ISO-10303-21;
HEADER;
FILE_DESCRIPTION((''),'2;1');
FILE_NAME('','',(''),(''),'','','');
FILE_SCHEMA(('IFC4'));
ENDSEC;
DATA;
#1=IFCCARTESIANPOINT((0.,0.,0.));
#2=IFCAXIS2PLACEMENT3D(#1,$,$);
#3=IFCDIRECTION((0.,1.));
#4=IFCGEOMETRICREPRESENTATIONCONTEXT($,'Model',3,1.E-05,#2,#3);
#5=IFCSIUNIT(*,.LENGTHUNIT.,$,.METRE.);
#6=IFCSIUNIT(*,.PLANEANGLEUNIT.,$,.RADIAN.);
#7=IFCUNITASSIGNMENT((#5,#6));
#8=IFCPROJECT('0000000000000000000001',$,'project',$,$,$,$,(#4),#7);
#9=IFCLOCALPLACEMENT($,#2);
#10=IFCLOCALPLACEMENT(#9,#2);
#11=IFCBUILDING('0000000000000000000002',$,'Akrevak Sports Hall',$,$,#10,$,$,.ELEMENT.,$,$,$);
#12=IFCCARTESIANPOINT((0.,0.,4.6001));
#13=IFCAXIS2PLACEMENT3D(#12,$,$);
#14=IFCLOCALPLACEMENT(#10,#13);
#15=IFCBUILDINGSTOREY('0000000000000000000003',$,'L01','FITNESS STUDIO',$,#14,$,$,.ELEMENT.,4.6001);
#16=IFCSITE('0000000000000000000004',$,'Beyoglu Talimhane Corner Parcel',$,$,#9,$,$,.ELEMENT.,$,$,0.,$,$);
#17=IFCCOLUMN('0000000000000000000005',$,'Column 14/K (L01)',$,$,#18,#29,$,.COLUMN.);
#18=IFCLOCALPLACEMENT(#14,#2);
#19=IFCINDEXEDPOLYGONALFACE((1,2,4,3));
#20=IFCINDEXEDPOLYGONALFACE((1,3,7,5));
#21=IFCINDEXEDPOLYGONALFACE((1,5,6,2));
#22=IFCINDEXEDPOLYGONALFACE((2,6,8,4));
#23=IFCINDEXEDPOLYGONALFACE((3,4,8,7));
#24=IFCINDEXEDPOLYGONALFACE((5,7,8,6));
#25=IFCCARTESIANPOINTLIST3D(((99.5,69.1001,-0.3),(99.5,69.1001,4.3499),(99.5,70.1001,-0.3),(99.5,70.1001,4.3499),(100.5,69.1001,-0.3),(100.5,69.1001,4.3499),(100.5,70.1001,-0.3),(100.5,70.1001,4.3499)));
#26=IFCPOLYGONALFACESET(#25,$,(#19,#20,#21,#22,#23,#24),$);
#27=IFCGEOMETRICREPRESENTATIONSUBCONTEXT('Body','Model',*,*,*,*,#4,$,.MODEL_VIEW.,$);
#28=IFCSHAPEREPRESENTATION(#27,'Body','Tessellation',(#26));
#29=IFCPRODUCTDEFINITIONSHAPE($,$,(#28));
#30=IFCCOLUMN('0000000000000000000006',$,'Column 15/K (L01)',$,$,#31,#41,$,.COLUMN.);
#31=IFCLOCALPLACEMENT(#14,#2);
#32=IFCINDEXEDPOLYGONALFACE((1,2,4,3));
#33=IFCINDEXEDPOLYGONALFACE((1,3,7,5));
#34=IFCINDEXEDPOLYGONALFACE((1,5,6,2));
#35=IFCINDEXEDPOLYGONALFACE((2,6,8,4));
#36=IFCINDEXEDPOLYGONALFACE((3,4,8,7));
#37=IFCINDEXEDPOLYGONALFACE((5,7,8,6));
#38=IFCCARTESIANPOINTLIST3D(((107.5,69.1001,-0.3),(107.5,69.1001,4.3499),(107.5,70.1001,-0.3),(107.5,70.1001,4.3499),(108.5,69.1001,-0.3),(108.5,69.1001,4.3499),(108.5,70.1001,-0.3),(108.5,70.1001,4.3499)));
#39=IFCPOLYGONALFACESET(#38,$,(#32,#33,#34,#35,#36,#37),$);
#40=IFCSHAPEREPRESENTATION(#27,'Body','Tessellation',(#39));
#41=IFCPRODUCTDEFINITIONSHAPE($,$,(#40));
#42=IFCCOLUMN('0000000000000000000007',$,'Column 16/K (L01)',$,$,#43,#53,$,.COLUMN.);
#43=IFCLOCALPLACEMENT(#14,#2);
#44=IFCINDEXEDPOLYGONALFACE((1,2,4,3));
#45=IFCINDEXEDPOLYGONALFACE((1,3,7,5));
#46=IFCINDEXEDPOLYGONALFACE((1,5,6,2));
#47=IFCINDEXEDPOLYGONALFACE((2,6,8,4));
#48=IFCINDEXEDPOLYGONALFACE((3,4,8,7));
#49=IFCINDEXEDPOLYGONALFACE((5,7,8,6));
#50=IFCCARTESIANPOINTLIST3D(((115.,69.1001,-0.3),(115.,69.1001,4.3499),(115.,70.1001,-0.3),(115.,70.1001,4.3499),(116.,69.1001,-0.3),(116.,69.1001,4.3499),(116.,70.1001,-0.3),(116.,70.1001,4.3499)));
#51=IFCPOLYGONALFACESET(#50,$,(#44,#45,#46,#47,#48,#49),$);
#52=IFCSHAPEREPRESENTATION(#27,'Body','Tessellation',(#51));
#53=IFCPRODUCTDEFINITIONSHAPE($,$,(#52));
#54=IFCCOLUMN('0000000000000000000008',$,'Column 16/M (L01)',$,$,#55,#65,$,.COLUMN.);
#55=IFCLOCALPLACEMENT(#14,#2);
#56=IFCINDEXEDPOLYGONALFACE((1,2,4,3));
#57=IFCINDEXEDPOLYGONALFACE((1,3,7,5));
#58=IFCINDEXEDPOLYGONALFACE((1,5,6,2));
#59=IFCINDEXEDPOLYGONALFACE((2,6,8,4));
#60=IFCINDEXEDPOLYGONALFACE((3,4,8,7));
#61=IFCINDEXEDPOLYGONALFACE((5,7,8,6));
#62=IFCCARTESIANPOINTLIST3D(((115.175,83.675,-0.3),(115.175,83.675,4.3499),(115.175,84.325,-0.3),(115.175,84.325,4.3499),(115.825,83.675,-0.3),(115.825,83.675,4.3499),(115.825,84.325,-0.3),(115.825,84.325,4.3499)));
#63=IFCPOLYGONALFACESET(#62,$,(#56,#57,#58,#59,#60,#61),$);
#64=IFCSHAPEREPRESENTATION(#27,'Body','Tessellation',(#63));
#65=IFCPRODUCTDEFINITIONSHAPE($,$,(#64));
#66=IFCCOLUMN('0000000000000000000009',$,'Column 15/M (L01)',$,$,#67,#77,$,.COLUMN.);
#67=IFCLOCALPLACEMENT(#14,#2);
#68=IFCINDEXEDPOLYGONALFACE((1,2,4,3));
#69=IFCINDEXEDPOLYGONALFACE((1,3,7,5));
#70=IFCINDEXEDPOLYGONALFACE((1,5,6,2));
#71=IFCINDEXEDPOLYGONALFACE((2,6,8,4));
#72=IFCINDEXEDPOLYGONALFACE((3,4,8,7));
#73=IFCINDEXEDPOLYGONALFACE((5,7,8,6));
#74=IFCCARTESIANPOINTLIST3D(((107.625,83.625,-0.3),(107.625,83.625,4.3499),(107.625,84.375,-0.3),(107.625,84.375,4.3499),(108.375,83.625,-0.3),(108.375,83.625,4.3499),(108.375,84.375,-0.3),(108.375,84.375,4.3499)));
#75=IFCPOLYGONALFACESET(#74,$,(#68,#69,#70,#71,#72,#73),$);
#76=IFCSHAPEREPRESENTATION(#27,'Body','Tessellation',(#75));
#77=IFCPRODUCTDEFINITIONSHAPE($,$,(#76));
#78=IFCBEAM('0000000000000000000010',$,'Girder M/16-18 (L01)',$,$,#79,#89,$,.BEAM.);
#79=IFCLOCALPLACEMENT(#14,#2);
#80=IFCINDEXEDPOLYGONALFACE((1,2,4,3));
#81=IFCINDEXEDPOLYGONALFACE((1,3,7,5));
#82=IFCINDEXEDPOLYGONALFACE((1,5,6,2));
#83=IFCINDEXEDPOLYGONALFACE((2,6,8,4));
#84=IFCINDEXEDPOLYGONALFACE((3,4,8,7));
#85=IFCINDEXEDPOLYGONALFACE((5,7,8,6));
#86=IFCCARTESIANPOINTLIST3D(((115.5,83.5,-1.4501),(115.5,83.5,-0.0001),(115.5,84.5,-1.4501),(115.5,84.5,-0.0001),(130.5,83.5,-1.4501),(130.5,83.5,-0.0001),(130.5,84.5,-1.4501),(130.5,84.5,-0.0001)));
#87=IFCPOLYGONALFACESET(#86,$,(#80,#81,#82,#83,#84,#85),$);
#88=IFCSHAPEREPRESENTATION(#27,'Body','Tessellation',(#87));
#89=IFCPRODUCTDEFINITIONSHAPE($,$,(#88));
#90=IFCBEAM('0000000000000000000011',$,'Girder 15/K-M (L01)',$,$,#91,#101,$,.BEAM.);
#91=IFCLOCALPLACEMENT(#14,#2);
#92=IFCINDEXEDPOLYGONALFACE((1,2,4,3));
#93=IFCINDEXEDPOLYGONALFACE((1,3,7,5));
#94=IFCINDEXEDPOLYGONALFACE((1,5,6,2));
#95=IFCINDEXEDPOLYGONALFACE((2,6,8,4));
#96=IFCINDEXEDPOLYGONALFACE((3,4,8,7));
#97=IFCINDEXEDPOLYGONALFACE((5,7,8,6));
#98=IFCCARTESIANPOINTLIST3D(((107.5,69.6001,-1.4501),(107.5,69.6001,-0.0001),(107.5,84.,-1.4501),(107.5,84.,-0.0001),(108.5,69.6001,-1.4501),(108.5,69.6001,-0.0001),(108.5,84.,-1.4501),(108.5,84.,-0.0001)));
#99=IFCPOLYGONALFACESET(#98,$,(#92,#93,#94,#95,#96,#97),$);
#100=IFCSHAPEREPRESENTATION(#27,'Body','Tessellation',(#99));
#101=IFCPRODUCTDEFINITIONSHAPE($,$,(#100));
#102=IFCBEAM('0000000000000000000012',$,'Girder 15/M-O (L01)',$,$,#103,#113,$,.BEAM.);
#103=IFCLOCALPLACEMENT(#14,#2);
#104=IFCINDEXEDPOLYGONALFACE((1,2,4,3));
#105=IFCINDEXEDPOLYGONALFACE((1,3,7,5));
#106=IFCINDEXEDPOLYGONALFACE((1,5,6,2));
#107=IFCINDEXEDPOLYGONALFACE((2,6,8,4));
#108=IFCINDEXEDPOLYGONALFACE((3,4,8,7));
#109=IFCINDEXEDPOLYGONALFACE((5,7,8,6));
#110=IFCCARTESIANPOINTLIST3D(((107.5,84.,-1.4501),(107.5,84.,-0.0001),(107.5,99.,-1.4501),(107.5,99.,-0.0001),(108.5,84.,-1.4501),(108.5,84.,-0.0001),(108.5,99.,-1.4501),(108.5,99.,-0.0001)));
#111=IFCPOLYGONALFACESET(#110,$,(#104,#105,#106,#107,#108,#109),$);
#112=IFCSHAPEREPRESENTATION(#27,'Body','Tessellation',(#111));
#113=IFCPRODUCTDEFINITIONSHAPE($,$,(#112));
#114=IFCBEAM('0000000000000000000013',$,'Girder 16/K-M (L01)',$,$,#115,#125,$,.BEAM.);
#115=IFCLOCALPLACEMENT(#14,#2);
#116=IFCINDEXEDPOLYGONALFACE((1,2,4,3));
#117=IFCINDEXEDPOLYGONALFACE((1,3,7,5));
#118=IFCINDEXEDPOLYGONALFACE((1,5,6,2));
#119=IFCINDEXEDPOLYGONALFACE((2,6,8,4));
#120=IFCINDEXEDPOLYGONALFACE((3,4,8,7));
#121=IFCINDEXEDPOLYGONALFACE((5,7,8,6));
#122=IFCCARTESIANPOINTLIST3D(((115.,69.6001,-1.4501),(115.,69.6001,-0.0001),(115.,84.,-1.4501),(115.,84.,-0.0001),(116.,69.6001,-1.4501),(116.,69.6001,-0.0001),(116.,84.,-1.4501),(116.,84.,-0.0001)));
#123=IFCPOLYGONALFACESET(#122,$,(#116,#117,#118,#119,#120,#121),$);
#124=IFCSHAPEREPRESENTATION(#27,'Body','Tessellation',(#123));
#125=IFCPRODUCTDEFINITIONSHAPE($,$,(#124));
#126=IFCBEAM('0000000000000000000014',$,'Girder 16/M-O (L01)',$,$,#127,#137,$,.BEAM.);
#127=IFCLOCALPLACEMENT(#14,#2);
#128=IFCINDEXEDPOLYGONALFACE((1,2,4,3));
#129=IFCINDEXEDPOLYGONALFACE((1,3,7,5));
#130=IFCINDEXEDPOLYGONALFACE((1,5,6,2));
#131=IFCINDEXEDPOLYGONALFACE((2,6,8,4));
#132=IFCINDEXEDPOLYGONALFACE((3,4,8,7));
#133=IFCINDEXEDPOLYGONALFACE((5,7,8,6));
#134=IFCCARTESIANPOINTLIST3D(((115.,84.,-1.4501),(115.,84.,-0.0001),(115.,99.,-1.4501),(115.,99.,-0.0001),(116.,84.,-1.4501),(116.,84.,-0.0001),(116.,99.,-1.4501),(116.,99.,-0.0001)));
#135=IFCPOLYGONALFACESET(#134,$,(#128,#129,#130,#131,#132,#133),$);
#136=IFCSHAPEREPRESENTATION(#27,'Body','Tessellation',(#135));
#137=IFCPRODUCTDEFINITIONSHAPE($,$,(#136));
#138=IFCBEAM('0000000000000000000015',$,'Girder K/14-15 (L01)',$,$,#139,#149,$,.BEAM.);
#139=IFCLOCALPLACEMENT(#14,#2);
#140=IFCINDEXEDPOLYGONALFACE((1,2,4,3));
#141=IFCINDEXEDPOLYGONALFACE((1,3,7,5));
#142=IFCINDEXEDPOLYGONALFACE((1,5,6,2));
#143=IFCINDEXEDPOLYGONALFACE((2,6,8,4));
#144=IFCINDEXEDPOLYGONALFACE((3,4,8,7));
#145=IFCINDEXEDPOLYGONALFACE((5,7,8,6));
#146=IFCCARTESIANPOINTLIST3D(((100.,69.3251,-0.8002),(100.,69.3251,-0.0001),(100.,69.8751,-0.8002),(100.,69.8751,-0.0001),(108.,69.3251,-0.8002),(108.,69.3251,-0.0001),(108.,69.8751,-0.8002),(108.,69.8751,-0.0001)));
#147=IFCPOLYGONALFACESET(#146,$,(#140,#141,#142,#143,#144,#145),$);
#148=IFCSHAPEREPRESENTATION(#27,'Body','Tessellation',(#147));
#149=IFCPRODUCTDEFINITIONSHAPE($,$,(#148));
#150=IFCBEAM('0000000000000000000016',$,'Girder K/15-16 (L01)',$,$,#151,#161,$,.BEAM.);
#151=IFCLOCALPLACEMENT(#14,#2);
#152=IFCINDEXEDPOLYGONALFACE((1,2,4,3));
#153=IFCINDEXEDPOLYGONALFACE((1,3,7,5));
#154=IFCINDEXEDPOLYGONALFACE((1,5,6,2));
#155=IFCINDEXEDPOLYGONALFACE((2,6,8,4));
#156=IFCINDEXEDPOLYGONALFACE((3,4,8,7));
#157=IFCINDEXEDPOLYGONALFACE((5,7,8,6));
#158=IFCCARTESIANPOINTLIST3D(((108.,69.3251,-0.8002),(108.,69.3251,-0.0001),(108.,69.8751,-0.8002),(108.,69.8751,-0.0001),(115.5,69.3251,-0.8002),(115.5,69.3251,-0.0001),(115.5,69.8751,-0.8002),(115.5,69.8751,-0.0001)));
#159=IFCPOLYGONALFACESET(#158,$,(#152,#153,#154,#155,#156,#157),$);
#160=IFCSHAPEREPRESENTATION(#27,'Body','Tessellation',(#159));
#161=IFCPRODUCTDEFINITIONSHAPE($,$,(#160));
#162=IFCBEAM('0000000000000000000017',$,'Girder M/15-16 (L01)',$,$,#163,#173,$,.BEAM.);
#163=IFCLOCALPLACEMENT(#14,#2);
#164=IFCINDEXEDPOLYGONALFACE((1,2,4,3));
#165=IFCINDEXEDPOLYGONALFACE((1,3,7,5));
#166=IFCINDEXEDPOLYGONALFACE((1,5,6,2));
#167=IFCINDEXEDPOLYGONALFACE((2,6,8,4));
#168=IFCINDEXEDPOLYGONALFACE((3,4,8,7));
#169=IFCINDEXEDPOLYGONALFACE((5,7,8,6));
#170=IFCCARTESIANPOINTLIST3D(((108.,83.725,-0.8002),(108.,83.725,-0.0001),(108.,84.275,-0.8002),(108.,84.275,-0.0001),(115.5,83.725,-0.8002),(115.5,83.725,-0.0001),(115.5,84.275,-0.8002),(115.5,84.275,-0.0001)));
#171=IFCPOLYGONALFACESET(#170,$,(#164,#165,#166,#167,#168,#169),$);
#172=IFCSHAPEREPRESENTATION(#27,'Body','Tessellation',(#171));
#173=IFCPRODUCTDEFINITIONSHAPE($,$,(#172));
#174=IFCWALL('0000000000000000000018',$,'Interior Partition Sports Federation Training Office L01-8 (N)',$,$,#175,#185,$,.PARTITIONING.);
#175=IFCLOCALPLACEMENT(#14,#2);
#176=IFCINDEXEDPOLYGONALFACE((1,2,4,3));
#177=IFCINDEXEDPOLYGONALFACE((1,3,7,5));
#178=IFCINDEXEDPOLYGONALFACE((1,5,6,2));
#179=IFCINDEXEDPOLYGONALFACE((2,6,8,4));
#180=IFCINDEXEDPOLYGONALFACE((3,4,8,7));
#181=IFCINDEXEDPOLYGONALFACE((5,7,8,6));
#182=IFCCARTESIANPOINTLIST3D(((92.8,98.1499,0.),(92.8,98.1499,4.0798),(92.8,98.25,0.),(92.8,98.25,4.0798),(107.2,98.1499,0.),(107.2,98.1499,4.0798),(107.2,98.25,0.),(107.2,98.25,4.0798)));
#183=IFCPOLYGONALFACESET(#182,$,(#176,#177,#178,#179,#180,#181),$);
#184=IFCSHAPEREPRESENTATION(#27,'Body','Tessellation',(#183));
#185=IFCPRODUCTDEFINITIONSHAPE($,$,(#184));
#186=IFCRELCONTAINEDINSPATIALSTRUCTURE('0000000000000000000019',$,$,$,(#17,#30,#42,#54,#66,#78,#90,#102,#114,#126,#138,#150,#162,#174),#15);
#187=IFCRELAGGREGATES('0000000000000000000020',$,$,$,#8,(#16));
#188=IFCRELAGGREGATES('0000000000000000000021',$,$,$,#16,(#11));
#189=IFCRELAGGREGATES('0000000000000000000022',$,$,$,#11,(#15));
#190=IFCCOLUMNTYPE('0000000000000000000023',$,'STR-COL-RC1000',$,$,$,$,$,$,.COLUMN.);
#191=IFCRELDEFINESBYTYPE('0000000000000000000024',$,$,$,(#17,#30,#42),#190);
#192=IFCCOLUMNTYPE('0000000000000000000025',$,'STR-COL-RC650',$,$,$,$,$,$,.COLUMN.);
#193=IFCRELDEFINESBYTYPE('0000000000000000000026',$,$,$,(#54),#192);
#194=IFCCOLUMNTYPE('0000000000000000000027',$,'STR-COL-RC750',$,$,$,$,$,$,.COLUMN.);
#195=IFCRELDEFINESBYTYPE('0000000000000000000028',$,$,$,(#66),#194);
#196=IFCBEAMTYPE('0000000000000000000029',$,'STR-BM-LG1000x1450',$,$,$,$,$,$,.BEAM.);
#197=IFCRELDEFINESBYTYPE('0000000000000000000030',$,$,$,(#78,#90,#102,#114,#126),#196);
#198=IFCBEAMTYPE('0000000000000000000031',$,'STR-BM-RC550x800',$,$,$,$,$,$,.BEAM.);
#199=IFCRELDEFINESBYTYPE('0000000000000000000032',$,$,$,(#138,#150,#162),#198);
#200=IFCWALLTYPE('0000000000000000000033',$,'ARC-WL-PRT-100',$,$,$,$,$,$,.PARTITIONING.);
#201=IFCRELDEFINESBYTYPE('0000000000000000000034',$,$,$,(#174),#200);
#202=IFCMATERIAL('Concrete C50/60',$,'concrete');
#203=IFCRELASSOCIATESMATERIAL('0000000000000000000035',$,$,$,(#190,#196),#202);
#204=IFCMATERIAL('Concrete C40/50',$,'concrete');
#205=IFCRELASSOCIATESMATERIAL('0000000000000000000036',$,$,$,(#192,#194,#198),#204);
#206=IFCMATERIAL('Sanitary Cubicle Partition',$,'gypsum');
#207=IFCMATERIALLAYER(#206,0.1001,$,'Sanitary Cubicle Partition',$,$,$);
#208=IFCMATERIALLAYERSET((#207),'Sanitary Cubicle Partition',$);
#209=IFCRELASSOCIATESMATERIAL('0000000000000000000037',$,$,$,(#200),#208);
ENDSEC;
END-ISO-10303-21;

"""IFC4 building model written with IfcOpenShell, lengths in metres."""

from ifc_helpers import new_model, si_unit, direction, frame, frame_2d, origin, origin_2d, place, context, subcontext, project, spatial, rectangle, extrude, material, layer, layer_set, material_profile, profile_set, type_object, element, save


model = new_model("IFC4")

# Units and contexts
model_context = context("Model", 3, precision=1e-05, world=origin(), true_north=direction((0.0, 1.0)))
body_context = subcontext(model_context, "Body", "Model", "MODEL_VIEW")
ifc_project = project(units=[si_unit("LENGTHUNIT", "METRE"), si_unit("PLANEANGLEUNIT", "RADIAN")], contexts=[model_context])

# Site, building, storey
site_placement = place(None, origin())
site = spatial("IfcSite", under=ifc_project, at=site_placement, Name="Beyoglu Talimhane Corner Parcel", CompositionType="ELEMENT", RefElevation=0.0)
building_placement = place(site_placement, origin())
building = spatial("IfcBuilding", under=site, at=building_placement, Name="Akrevak Sports Hall", CompositionType="ELEMENT")
storey_placement = place(building_placement, frame((0.0, 0.0, 4.6001)))
storey = spatial("IfcBuildingStorey", under=building, at=storey_placement, Name="L01", Description="FITNESS STUDIO", CompositionType="ELEMENT", Elevation=4.6001)

# Columns
ifc_material_1 = material(Name="Concrete C50/60", Category="concrete")
ifc_material_profile_1 = material_profile(ifc_material_1, rectangle(XDim=1.0, YDim=1.0, at=origin_2d()), Name="RC 1000x1000", Category="concrete")
ifc_profile_set_1 = profile_set([ifc_material_profile_1], Name="Concrete C50/60")
column_type_1 = type_object("IfcColumnType", Name="STR-COL-RC1000", PredefinedType="COLUMN", material=ifc_profile_set_1)
for number, where, z_axis, x_axis, name in (
    (1, (100.0, 69.6001, -0.3), (0.0, 0.0, 1.0), (1.0, 0.0, 0.0), "Column 14/K (L01)"),
    (2, (108.0, 69.6001, -0.3), (0.0, 0.0, 1.0), (1.0, 0.0, 0.0), "Column 15/K (L01)"),
    (3, (115.5, 69.6001, -0.3), (0.0, 0.0, 1.0), (1.0, 0.0, 0.0), "Column 16/K (L01)"),
):
    element("IfcColumn", number, at=place(storey_placement, frame(where, z_axis=z_axis, x_axis=x_axis)), inside=storey, type_object=column_type_1, Name=name, PredefinedType="COLUMN", context=body_context, shape_type="SweptSolid", body=[
        extrude(rectangle(XDim=1.0, YDim=1.0, at=origin_2d()), origin(), (0.0, 0.0, 1.0), 4.6499),
    ])
ifc_material_2 = material(Name="Concrete C40/50", Category="concrete")
ifc_material_profile_2 = material_profile(ifc_material_2, rectangle(XDim=0.6499, YDim=0.6499, at=origin_2d()), Name="RC 650x650", Category="concrete")
ifc_profile_set_2 = profile_set([ifc_material_profile_2], Name="Concrete C40/50")
column_type_2 = type_object("IfcColumnType", Name="STR-COL-RC650", PredefinedType="COLUMN", material=ifc_profile_set_2)
column_1_placement = place(storey_placement, frame((115.5, 84.0, -0.3), z_axis=(0.0, 0.0, 1.0), x_axis=(1.0, 0.0, 0.0)))
element("IfcColumn", 4, at=column_1_placement, inside=storey, type_object=column_type_2, Name="Column 16/M (L01)", PredefinedType="COLUMN", context=body_context, shape_type="SweptSolid", body=[
    extrude(rectangle(XDim=0.6499, YDim=0.6499, at=origin_2d()), origin(), (0.0, 0.0, 1.0), 4.6499),
])
ifc_material_profile_3 = material_profile(ifc_material_2, rectangle(XDim=0.75, YDim=0.75, at=origin_2d()), Name="RC 750x750", Category="concrete")
ifc_profile_set_3 = profile_set([ifc_material_profile_3], Name="Concrete C40/50")
column_type_3 = type_object("IfcColumnType", Name="STR-COL-RC750", PredefinedType="COLUMN", material=ifc_profile_set_3)
column_2_placement = place(storey_placement, frame((108.0, 84.0, -0.3), z_axis=(0.0, 0.0, 1.0), x_axis=(1.0, 0.0, 0.0)))
element("IfcColumn", 5, at=column_2_placement, inside=storey, type_object=column_type_3, Name="Column 15/M (L01)", PredefinedType="COLUMN", context=body_context, shape_type="SweptSolid", body=[
    extrude(rectangle(XDim=0.75, YDim=0.75, at=origin_2d()), origin(), (0.0, 0.0, 1.0), 4.6499),
])

# Beams
ifc_material_profile_4 = material_profile(ifc_material_1, rectangle(XDim=1.0, YDim=1.45, at=origin_2d()), Name="BM 1000x1450", Category="concrete")
ifc_profile_set_4 = profile_set([ifc_material_profile_4], Name="Concrete C50/60")
beam_type_1 = type_object("IfcBeamType", Name="STR-BM-LG1000x1450", PredefinedType="BEAM", material=ifc_profile_set_4)
beam_1_placement = place(storey_placement, frame((115.5, 84.0, -0.7251), z_axis=(1.0, 0.0, 0.0), x_axis=(0.0, 1.0, 0.0)))
element("IfcBeam", 6, at=beam_1_placement, inside=storey, type_object=beam_type_1, Name="Girder M/16-18 (L01)", PredefinedType="BEAM", context=body_context, shape_type="SweptSolid", body=[
    extrude(rectangle(XDim=1.0, YDim=1.45, at=origin_2d()), origin(), (0.0, 0.0, 1.0), 15.0),
])
beam_2_placement = place(storey_placement, frame((108.0, 69.6001, -0.7251), z_axis=(0.0, 1.0, 0.0), x_axis=(-1.0, 0.0, 0.0)))
element("IfcBeam", 7, at=beam_2_placement, inside=storey, type_object=beam_type_1, Name="Girder 15/K-M (L01)", PredefinedType="BEAM", context=body_context, shape_type="SweptSolid", body=[
    extrude(rectangle(XDim=1.0, YDim=1.45, at=origin_2d()), origin(), (0.0, 0.0, 1.0), 14.3999),
])
beam_3_placement = place(storey_placement, frame((108.0, 84.0, -0.7251), z_axis=(0.0, 1.0, 0.0), x_axis=(-1.0, 0.0, 0.0)))
element("IfcBeam", 8, at=beam_3_placement, inside=storey, type_object=beam_type_1, Name="Girder 15/M-O (L01)", PredefinedType="BEAM", context=body_context, shape_type="SweptSolid", body=[
    extrude(rectangle(XDim=1.0, YDim=1.45, at=origin_2d()), origin(), (0.0, 0.0, 1.0), 15.0),
])
beam_4_placement = place(storey_placement, frame((115.5, 69.6001, -0.7251), z_axis=(0.0, 1.0, 0.0), x_axis=(-1.0, 0.0, 0.0)))
element("IfcBeam", 9, at=beam_4_placement, inside=storey, type_object=beam_type_1, Name="Girder 16/K-M (L01)", PredefinedType="BEAM", context=body_context, shape_type="SweptSolid", body=[
    extrude(rectangle(XDim=1.0, YDim=1.45, at=origin_2d()), origin(), (0.0, 0.0, 1.0), 14.3999),
])
beam_5_placement = place(storey_placement, frame((115.5, 84.0, -0.7251), z_axis=(0.0, 1.0, 0.0), x_axis=(-1.0, 0.0, 0.0)))
element("IfcBeam", 10, at=beam_5_placement, inside=storey, type_object=beam_type_1, Name="Girder 16/M-O (L01)", PredefinedType="BEAM", context=body_context, shape_type="SweptSolid", body=[
    extrude(rectangle(XDim=1.0, YDim=1.45, at=origin_2d()), origin(), (0.0, 0.0, 1.0), 15.0),
])
ifc_material_profile_5 = material_profile(ifc_material_2, rectangle(XDim=0.55, YDim=0.8, at=origin_2d()), Name="BM 550x800", Category="concrete")
ifc_profile_set_5 = profile_set([ifc_material_profile_5], Name="Concrete C40/50")
beam_type_2 = type_object("IfcBeamType", Name="STR-BM-RC550x800", PredefinedType="BEAM", material=ifc_profile_set_5)
beam_6_placement = place(storey_placement, frame((100.0, 69.6001, -0.4001), z_axis=(1.0, 0.0, 0.0), x_axis=(0.0, 1.0, 0.0)))
element("IfcBeam", 11, at=beam_6_placement, inside=storey, type_object=beam_type_2, Name="Girder K/14-15 (L01)", PredefinedType="BEAM", context=body_context, shape_type="SweptSolid", body=[
    extrude(rectangle(XDim=0.55, YDim=0.8, at=origin_2d()), origin(), (0.0, 0.0, 1.0), 8.0),
])
for number, where, z_axis, x_axis, name in (
    (12, (108.0, 69.6001, -0.4001), (1.0, 0.0, 0.0), (0.0, 1.0, 0.0), "Girder K/15-16 (L01)"),
    (13, (108.0, 84.0, -0.4001), (1.0, 0.0, 0.0), (0.0, 1.0, 0.0), "Girder M/15-16 (L01)"),
):
    element("IfcBeam", number, at=place(storey_placement, frame(where, z_axis=z_axis, x_axis=x_axis)), inside=storey, type_object=beam_type_2, Name=name, PredefinedType="BEAM", context=body_context, shape_type="SweptSolid", body=[
        extrude(rectangle(XDim=0.55, YDim=0.8, at=origin_2d()), origin(), (0.0, 0.0, 1.0), 7.5),
    ])

# Wall
ifc_material_3 = material(Name="Sanitary Cubicle Partition", Category="gypsum")
ifc_layer_1 = layer(ifc_material_3, 0.1001, Name="Sanitary Cubicle Partition")
ifc_layer_set_1 = layer_set([ifc_layer_1], Name="Sanitary Cubicle Partition")
wall_type_1 = type_object("IfcWallType", Name="ARC-WL-PRT-100", PredefinedType="PARTITIONING", material=ifc_layer_set_1)
wall_1_placement = place(storey_placement, frame((92.8, 98.2, 0.0), z_axis=(0.0, 0.0, 1.0), x_axis=(1.0, 0.0, 0.0)))
element("IfcWall", 14, at=wall_1_placement, inside=storey, type_object=wall_type_1, Name="Interior Partition Sports Federation Training Office L01-8 (N)", PredefinedType="PARTITIONING", context=body_context, shape_type="SweptSolid", body=[
    extrude(rectangle(XDim=14.3999, YDim=0.1001, at=frame_2d((7.2, 0.0))), origin(), (0.0, 0.0, 1.0), 4.0798),
])

save(model, "model.ifc")
